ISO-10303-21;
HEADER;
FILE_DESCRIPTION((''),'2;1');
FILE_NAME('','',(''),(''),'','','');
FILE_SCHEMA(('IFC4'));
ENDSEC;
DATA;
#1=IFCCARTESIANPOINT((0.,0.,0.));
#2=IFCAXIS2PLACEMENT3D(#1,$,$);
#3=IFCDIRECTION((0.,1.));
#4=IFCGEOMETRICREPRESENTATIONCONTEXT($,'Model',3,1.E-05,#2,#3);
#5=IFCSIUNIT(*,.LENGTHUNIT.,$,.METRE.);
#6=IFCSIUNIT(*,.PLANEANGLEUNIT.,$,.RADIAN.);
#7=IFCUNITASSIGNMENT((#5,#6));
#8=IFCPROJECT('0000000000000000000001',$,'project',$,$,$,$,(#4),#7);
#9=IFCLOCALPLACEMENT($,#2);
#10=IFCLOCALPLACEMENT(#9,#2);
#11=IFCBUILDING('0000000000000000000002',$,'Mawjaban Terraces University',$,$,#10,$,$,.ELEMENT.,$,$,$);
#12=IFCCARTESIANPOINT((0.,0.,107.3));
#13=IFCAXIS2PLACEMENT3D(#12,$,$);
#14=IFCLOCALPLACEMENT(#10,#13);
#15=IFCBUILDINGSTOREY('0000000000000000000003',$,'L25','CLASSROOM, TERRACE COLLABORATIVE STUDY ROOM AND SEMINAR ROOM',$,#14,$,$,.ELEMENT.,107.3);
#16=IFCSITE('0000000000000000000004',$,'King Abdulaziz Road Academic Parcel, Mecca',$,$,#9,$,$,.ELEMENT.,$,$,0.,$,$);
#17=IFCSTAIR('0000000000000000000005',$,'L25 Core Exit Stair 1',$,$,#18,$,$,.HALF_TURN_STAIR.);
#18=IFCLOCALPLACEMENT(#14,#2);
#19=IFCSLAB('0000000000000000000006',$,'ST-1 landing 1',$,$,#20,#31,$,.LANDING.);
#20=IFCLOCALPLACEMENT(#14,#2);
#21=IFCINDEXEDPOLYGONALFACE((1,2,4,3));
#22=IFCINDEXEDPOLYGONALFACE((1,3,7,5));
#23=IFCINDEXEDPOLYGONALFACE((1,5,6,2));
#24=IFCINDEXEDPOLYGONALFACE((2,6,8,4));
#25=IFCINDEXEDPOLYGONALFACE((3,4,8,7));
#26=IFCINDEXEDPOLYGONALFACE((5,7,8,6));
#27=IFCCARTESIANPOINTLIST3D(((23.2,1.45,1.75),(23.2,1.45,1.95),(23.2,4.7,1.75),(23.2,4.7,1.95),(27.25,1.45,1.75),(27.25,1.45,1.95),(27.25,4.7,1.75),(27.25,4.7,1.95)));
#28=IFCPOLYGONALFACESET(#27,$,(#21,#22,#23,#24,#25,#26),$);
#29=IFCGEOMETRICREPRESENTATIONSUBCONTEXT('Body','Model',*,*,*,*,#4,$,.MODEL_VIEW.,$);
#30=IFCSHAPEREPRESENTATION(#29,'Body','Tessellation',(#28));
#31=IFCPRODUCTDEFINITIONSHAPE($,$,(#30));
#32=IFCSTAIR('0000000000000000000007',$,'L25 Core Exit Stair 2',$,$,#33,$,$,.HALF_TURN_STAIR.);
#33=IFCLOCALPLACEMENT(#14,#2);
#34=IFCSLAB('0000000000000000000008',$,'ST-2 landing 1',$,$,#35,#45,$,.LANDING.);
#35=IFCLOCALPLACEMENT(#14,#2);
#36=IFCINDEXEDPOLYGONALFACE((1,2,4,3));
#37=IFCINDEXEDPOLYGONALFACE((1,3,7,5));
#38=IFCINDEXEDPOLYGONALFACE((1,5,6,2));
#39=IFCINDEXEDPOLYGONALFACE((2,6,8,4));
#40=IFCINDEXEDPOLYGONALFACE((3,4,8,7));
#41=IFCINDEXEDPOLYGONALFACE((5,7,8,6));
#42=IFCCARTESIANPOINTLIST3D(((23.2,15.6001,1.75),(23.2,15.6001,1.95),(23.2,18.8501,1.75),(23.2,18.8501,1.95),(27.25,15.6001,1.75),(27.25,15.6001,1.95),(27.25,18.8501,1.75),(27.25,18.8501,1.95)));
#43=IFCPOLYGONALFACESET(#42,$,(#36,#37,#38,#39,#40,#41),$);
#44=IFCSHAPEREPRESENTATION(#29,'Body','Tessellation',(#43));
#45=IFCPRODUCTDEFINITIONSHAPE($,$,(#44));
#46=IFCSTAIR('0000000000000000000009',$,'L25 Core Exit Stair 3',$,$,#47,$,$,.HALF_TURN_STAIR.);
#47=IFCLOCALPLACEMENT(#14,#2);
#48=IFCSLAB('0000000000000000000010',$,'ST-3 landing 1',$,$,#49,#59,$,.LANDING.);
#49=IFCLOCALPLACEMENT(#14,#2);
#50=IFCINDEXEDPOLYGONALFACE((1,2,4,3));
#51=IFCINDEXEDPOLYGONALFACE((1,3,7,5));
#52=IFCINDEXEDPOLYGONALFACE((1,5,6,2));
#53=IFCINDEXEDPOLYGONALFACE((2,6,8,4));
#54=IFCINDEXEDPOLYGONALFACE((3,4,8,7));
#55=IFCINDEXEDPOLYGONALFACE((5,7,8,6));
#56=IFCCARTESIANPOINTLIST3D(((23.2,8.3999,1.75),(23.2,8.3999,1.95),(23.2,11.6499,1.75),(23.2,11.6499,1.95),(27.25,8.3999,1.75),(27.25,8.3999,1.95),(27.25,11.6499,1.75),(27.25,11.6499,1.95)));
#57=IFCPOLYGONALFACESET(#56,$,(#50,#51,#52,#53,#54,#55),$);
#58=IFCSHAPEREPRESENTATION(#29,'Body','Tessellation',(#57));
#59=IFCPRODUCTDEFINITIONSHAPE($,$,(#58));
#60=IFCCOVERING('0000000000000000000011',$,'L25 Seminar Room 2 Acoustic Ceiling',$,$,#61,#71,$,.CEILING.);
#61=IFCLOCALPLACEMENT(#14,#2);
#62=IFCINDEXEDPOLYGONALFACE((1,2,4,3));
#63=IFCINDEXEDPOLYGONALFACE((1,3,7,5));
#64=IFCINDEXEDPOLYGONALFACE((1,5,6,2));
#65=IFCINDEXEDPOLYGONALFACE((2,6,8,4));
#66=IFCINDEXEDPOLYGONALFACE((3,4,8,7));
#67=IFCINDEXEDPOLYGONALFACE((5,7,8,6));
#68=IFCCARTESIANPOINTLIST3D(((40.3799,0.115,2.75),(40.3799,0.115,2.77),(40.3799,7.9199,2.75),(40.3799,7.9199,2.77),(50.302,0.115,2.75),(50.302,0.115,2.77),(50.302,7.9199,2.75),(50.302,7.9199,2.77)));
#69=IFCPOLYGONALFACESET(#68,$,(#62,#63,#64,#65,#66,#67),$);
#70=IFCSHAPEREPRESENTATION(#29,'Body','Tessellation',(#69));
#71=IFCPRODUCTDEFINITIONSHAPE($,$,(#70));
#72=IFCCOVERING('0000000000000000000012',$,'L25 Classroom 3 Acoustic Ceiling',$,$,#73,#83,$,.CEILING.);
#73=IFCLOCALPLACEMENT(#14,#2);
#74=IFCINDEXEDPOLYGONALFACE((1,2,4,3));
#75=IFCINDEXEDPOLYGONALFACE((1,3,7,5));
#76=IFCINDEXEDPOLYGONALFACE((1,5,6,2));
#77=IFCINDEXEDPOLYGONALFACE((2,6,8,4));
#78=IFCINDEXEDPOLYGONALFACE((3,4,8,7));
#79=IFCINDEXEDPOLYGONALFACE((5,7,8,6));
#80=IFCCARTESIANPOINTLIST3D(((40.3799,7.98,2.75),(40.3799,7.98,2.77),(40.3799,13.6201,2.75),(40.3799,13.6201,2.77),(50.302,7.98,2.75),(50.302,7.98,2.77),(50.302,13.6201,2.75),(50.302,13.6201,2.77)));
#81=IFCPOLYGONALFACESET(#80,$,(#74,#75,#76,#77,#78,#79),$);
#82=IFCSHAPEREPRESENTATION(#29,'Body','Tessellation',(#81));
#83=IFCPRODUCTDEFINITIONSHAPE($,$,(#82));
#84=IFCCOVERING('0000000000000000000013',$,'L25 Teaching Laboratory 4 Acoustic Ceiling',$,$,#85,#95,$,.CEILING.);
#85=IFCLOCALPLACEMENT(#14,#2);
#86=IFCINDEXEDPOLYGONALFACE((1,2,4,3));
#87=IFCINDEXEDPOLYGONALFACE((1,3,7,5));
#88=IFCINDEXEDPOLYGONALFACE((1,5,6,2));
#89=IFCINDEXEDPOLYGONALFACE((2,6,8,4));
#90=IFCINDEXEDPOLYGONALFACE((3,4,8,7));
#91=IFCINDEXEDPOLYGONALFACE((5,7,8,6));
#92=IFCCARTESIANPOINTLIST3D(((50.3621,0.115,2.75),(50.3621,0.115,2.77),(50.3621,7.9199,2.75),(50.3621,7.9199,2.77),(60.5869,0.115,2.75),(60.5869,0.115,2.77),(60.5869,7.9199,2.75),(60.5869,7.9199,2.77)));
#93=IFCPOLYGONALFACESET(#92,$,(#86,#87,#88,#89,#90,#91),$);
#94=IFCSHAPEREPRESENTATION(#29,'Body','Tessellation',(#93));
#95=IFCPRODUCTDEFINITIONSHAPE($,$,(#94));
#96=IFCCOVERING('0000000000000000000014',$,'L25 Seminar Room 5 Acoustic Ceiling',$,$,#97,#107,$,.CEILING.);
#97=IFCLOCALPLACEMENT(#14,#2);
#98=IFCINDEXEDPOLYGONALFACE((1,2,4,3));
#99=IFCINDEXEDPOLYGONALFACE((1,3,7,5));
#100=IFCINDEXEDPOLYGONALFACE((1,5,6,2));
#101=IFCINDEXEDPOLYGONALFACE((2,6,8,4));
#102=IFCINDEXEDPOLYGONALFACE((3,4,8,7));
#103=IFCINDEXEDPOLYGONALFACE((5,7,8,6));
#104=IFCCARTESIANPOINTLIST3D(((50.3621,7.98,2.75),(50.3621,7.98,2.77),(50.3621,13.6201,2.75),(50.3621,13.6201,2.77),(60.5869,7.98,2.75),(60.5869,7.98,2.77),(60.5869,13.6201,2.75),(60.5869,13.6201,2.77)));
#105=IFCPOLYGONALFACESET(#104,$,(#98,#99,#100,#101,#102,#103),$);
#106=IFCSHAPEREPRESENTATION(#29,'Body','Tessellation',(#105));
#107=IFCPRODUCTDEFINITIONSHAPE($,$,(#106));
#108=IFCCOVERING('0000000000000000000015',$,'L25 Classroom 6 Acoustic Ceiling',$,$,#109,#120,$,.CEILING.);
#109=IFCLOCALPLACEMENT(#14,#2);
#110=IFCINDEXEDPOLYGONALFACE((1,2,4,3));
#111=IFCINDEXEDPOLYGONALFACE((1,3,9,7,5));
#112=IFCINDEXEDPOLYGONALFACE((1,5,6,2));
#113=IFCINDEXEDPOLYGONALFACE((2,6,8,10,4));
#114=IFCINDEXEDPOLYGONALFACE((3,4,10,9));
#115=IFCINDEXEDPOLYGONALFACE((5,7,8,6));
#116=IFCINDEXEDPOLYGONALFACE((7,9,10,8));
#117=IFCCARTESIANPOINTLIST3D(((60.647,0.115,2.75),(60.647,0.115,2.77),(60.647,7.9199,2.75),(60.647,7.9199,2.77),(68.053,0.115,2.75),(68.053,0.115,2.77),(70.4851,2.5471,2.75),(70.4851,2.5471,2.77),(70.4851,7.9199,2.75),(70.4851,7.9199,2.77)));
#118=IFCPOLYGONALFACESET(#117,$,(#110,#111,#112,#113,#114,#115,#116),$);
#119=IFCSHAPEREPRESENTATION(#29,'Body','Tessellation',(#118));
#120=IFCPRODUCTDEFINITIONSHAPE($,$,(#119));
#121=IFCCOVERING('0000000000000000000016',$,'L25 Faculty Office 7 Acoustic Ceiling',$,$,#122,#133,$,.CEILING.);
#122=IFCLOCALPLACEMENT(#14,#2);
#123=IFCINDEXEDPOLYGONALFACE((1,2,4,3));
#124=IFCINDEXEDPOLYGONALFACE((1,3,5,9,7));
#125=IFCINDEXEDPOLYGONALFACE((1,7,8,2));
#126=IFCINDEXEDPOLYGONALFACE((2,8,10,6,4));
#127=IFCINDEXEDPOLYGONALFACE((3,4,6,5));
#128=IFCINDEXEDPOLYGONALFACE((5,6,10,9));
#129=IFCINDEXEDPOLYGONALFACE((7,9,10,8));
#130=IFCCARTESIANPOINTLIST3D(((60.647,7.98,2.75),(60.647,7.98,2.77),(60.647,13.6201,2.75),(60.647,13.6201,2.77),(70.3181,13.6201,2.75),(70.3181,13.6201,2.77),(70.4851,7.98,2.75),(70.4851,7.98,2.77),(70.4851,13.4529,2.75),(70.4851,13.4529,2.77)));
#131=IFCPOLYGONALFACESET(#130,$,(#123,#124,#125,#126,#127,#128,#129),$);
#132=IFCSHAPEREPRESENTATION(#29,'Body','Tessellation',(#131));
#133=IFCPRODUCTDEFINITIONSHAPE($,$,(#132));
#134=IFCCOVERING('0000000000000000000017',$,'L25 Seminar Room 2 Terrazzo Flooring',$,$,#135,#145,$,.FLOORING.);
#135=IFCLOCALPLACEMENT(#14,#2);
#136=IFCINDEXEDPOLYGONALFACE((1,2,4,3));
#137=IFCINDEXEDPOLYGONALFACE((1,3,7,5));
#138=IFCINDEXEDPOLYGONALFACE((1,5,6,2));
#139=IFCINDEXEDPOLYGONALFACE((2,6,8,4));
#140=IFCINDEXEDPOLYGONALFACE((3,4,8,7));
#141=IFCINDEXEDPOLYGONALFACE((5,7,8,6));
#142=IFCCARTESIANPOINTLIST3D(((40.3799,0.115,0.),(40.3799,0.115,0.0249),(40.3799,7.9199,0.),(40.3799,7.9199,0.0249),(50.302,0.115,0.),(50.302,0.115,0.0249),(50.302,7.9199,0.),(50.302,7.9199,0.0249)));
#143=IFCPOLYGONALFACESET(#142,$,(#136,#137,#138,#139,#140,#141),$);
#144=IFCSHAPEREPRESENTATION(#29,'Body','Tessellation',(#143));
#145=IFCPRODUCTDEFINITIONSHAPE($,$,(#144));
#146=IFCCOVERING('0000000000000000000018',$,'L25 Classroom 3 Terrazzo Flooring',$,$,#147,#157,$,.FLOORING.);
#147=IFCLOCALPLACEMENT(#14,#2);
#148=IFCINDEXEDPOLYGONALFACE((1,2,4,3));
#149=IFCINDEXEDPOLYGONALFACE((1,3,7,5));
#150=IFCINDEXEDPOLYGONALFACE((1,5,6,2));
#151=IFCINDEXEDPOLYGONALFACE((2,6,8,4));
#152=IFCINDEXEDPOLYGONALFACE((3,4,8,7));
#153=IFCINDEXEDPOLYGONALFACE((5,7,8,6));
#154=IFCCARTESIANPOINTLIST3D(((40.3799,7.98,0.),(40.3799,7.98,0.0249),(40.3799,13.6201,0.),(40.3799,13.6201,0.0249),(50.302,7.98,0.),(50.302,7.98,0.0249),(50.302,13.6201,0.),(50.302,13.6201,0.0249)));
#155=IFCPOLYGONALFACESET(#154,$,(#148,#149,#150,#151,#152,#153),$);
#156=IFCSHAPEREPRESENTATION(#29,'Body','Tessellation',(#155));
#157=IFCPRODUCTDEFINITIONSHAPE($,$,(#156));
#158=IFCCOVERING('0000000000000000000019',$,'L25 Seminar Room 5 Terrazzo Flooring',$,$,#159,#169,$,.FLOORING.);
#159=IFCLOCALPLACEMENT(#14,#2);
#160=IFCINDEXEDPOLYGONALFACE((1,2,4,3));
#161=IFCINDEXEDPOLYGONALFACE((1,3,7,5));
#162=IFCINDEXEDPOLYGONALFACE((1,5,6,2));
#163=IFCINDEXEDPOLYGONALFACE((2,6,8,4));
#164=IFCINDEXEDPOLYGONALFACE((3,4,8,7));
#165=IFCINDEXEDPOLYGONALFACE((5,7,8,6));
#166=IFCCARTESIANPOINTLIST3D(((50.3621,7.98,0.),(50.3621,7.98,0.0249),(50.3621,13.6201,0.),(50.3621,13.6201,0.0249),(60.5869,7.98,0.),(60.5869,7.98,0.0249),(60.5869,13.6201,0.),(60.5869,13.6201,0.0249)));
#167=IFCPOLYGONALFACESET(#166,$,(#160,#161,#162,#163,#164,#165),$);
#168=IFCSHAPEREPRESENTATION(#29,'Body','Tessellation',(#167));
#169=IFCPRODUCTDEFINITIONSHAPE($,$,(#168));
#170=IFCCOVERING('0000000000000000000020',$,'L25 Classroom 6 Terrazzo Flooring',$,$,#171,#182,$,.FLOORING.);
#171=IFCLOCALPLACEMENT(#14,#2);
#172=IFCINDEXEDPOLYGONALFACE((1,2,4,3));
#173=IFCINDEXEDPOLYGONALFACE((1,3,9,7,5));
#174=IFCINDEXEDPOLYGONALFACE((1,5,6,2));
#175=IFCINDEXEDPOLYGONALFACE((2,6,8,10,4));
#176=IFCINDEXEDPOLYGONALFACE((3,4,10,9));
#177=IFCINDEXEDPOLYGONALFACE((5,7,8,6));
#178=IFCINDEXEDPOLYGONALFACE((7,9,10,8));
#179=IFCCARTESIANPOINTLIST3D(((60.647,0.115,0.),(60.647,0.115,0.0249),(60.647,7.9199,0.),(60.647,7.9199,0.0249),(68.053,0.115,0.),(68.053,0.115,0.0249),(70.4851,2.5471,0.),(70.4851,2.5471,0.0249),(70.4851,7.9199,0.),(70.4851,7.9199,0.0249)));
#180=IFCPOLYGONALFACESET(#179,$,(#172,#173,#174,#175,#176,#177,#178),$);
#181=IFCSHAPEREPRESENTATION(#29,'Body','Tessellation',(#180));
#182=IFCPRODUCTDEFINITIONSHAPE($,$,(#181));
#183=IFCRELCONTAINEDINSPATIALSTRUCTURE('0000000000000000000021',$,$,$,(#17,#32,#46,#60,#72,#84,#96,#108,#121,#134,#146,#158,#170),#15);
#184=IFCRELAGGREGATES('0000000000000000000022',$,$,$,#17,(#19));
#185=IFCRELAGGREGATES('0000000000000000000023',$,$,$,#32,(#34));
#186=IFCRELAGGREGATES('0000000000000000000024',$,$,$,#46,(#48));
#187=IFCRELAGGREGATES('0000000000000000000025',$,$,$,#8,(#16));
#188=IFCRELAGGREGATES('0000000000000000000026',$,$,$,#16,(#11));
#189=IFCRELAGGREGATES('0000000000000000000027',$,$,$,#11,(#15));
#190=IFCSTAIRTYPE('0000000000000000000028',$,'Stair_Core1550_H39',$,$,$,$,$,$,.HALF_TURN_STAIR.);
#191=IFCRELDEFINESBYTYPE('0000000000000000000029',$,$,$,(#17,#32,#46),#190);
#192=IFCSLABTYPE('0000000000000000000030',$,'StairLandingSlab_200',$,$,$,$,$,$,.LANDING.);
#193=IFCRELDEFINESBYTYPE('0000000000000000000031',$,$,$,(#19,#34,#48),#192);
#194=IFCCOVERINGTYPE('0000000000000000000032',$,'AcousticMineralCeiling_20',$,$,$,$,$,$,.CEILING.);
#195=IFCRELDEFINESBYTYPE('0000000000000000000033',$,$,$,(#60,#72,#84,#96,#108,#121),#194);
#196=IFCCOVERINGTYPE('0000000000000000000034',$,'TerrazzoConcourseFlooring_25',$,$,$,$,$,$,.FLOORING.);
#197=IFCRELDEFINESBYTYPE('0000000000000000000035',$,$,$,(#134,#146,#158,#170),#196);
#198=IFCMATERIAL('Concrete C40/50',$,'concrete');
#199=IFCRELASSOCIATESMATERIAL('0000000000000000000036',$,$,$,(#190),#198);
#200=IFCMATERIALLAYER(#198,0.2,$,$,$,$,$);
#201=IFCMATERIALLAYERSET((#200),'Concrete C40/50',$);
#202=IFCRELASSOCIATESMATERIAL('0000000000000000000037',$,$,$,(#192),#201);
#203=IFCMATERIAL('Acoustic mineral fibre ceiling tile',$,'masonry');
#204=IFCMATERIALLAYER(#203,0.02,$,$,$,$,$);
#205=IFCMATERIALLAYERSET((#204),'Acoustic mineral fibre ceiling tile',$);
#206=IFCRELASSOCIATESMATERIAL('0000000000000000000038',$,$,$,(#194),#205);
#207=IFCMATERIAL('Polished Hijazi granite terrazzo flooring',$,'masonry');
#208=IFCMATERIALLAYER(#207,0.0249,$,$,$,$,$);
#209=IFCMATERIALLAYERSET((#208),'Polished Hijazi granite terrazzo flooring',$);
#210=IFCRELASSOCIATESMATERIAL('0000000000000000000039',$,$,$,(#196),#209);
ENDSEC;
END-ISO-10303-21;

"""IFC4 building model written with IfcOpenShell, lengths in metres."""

from ifc_helpers import new_model, si_unit, direction, frame, origin, place, context, subcontext, project, spatial, polyline, outline, extrude, material, layer, layer_set, type_object, element, aggregate, save


model = new_model("IFC4")

# Units and contexts
model_context = context("Model", 3, precision=1e-05, world=origin(), true_north=direction((0.0, 1.0)))
body_context = subcontext(model_context, "Body", "Model", "MODEL_VIEW")
ifc_project = project(units=[si_unit("LENGTHUNIT", "METRE"), si_unit("PLANEANGLEUNIT", "RADIAN")], contexts=[model_context])

# Site, building, storey
site_placement = place(None, origin())
site = spatial("IfcSite", under=ifc_project, at=site_placement, Name="King Abdulaziz Road Academic Parcel, Mecca", CompositionType="ELEMENT", RefElevation=0.0)
building_placement = place(site_placement, origin())
building = spatial("IfcBuilding", under=site, at=building_placement, Name="Mawjaban Terraces University", CompositionType="ELEMENT")
storey_placement = place(building_placement, frame((0.0, 0.0, 107.3)))
storey = spatial("IfcBuildingStorey", under=building, at=storey_placement, Name="L25", Description="CLASSROOM, TERRACE COLLABORATIVE STUDY ROOM AND SEMINAR ROOM", CompositionType="ELEMENT", Elevation=107.3)

# Shared definitions
ifc_material_1 = material(Name="Concrete C40/50", Category="concrete")

# Stairs, slabs
stair_type = type_object("IfcStairType", Name="Stair_Core1550_H39", PredefinedType="HALF_TURN_STAIR", material=ifc_material_1)
stair_1_placement = place(storey_placement, origin())
stair_1 = element("IfcStair", 1, at=stair_1_placement, inside=storey, type_object=stair_type, Name="L25 Core Exit Stair 1", PredefinedType="HALF_TURN_STAIR")
ifc_layer_1 = layer(ifc_material_1, 0.2)
ifc_layer_set_1 = layer_set([ifc_layer_1], Name="Concrete C40/50")
slab_type_1 = type_object("IfcSlabType", Name="StairLandingSlab_200", PredefinedType="LANDING", material=ifc_layer_set_1)
slab_1_placement = place(storey_placement, frame((0.0, 0.0, 1.75)))
slab_1 = element("IfcSlab", 2, at=slab_1_placement, type_object=slab_type_1, Name="ST-1 landing 1", PredefinedType="LANDING", context=body_context, shape_type="SweptSolid", body=[
    extrude(outline(polyline([(27.25, 4.7), (23.2, 4.7), (23.2, 1.45), (27.25, 1.45), (27.25, 4.7)])), origin(), (0.0, 0.0, 1.0), 0.2),
])
aggregate(stair_1, [slab_1])
stair_2_placement = place(storey_placement, origin())
stair_2 = element("IfcStair", 3, at=stair_2_placement, inside=storey, type_object=stair_type, Name="L25 Core Exit Stair 2", PredefinedType="HALF_TURN_STAIR")
slab_2_placement = place(storey_placement, frame((0.0, 0.0, 1.75)))
slab_2 = element("IfcSlab", 4, at=slab_2_placement, type_object=slab_type_1, Name="ST-2 landing 1", PredefinedType="LANDING", context=body_context, shape_type="SweptSolid", body=[
    extrude(outline(polyline([(27.25, 18.8501), (23.2, 18.8501), (23.2, 15.6001), (27.25, 15.6001), (27.25, 18.8501)])), origin(), (0.0, 0.0, 1.0), 0.2),
])
aggregate(stair_2, [slab_2])
stair_3_placement = place(storey_placement, origin())
stair_3 = element("IfcStair", 5, at=stair_3_placement, inside=storey, type_object=stair_type, Name="L25 Core Exit Stair 3", PredefinedType="HALF_TURN_STAIR")
slab_3_placement = place(storey_placement, frame((0.0, 0.0, 1.75)))
slab_3 = element("IfcSlab", 6, at=slab_3_placement, type_object=slab_type_1, Name="ST-3 landing 1", PredefinedType="LANDING", context=body_context, shape_type="SweptSolid", body=[
    extrude(outline(polyline([(27.25, 11.6499), (23.2, 11.6499), (23.2, 8.3999), (27.25, 8.3999), (27.25, 11.6499)])), origin(), (0.0, 0.0, 1.0), 0.2),
])
aggregate(stair_3, [slab_3])

# Coverings
ifc_material_2 = material(Name="Acoustic mineral fibre ceiling tile", Category="masonry")
ifc_layer_2 = layer(ifc_material_2, 0.02)
ifc_layer_set_2 = layer_set([ifc_layer_2], Name="Acoustic mineral fibre ceiling tile")
covering_type_1 = type_object("IfcCoveringType", Name="AcousticMineralCeiling_20", PredefinedType="CEILING", material=ifc_layer_set_2)
covering_1_placement = place(storey_placement, frame((0.0, 0.0, 2.75)))
element("IfcCovering", 7, at=covering_1_placement, inside=storey, type_object=covering_type_1, Name="L25 Seminar Room 2 Acoustic Ceiling", PredefinedType="CEILING", context=body_context, shape_type="SweptSolid", body=[
    extrude(outline(polyline([(40.3799, 0.115), (50.302, 0.115), (50.302, 7.9199), (40.3799, 7.9199), (40.3799, 0.115)])), origin(), (0.0, 0.0, 1.0), 0.02),
])
covering_2_placement = place(storey_placement, frame((0.0, 0.0, 2.75)))
element("IfcCovering", 8, at=covering_2_placement, inside=storey, type_object=covering_type_1, Name="L25 Classroom 3 Acoustic Ceiling", PredefinedType="CEILING", context=body_context, shape_type="SweptSolid", body=[
    extrude(outline(polyline([(50.302, 7.98), (50.302, 13.6201), (40.3799, 13.6201), (40.3799, 7.98), (50.302, 7.98)])), origin(), (0.0, 0.0, 1.0), 0.02),
])
covering_3_placement = place(storey_placement, frame((0.0, 0.0, 2.75)))
element("IfcCovering", 9, at=covering_3_placement, inside=storey, type_object=covering_type_1, Name="L25 Teaching Laboratory 4 Acoustic Ceiling", PredefinedType="CEILING", context=body_context, shape_type="SweptSolid", body=[
    extrude(outline(polyline([(50.3621, 0.115), (60.5869, 0.115), (60.5869, 7.9199), (50.3621, 7.9199), (50.3621, 0.115)])), origin(), (0.0, 0.0, 1.0), 0.02),
])
covering_4_placement = place(storey_placement, frame((0.0, 0.0, 2.75)))
element("IfcCovering", 10, at=covering_4_placement, inside=storey, type_object=covering_type_1, Name="L25 Seminar Room 5 Acoustic Ceiling", PredefinedType="CEILING", context=body_context, shape_type="SweptSolid", body=[
    extrude(outline(polyline([(60.5869, 7.98), (60.5869, 13.6201), (50.3621, 13.6201), (50.3621, 7.98), (60.5869, 7.98)])), origin(), (0.0, 0.0, 1.0), 0.02),
])
covering_5_placement = place(storey_placement, frame((0.0, 0.0, 2.75)))
element("IfcCovering", 11, at=covering_5_placement, inside=storey, type_object=covering_type_1, Name="L25 Classroom 6 Acoustic Ceiling", PredefinedType="CEILING", context=body_context, shape_type="SweptSolid", body=[
    extrude(outline(polyline([(60.647, 0.115), (68.053, 0.115), (70.4851, 2.5471), (70.4851, 7.9199), (60.647, 7.9199), (60.647, 0.115)])), origin(), (0.0, 0.0, 1.0), 0.02),
])
covering_6_placement = place(storey_placement, frame((0.0, 0.0, 2.75)))
element("IfcCovering", 12, at=covering_6_placement, inside=storey, type_object=covering_type_1, Name="L25 Faculty Office 7 Acoustic Ceiling", PredefinedType="CEILING", context=body_context, shape_type="SweptSolid", body=[
    extrude(outline(polyline([(70.4851, 7.98), (70.4851, 13.4529), (70.3181, 13.6201), (60.647, 13.6201), (60.647, 7.98), (70.4851, 7.98)])), origin(), (0.0, 0.0, 1.0), 0.02),
])
ifc_material_3 = material(Name="Polished Hijazi granite terrazzo flooring", Category="masonry")
ifc_layer_3 = layer(ifc_material_3, 0.0249)
ifc_layer_set_3 = layer_set([ifc_layer_3], Name="Polished Hijazi granite terrazzo flooring")
covering_type_2 = type_object("IfcCoveringType", Name="TerrazzoConcourseFlooring_25", PredefinedType="FLOORING", material=ifc_layer_set_3)
covering_7_placement = place(storey_placement, origin())
element("IfcCovering", 13, at=covering_7_placement, inside=storey, type_object=covering_type_2, Name="L25 Seminar Room 2 Terrazzo Flooring", PredefinedType="FLOORING", context=body_context, shape_type="SweptSolid", body=[
    extrude(outline(polyline([(40.3799, 0.115), (50.302, 0.115), (50.302, 7.9199), (40.3799, 7.9199), (40.3799, 0.115)])), origin(), (0.0, 0.0, 1.0), 0.0249),
])
covering_8_placement = place(storey_placement, origin())
element("IfcCovering", 14, at=covering_8_placement, inside=storey, type_object=covering_type_2, Name="L25 Classroom 3 Terrazzo Flooring", PredefinedType="FLOORING", context=body_context, shape_type="SweptSolid", body=[
    extrude(outline(polyline([(50.302, 7.98), (50.302, 13.6201), (40.3799, 13.6201), (40.3799, 7.98), (50.302, 7.98)])), origin(), (0.0, 0.0, 1.0), 0.0249),
])
covering_9_placement = place(storey_placement, origin())
element("IfcCovering", 15, at=covering_9_placement, inside=storey, type_object=covering_type_2, Name="L25 Seminar Room 5 Terrazzo Flooring", PredefinedType="FLOORING", context=body_context, shape_type="SweptSolid", body=[
    extrude(outline(polyline([(60.5869, 7.98), (60.5869, 13.6201), (50.3621, 13.6201), (50.3621, 7.98), (60.5869, 7.98)])), origin(), (0.0, 0.0, 1.0), 0.0249),
])
covering_10_placement = place(storey_placement, origin())
element("IfcCovering", 16, at=covering_10_placement, inside=storey, type_object=covering_type_2, Name="L25 Classroom 6 Terrazzo Flooring", PredefinedType="FLOORING", context=body_context, shape_type="SweptSolid", body=[
    extrude(outline(polyline([(60.647, 0.115), (68.053, 0.115), (70.4851, 2.5471), (70.4851, 7.9199), (60.647, 7.9199), (60.647, 0.115)])), origin(), (0.0, 0.0, 1.0), 0.0249),
])

save(model, "model.ifc")
